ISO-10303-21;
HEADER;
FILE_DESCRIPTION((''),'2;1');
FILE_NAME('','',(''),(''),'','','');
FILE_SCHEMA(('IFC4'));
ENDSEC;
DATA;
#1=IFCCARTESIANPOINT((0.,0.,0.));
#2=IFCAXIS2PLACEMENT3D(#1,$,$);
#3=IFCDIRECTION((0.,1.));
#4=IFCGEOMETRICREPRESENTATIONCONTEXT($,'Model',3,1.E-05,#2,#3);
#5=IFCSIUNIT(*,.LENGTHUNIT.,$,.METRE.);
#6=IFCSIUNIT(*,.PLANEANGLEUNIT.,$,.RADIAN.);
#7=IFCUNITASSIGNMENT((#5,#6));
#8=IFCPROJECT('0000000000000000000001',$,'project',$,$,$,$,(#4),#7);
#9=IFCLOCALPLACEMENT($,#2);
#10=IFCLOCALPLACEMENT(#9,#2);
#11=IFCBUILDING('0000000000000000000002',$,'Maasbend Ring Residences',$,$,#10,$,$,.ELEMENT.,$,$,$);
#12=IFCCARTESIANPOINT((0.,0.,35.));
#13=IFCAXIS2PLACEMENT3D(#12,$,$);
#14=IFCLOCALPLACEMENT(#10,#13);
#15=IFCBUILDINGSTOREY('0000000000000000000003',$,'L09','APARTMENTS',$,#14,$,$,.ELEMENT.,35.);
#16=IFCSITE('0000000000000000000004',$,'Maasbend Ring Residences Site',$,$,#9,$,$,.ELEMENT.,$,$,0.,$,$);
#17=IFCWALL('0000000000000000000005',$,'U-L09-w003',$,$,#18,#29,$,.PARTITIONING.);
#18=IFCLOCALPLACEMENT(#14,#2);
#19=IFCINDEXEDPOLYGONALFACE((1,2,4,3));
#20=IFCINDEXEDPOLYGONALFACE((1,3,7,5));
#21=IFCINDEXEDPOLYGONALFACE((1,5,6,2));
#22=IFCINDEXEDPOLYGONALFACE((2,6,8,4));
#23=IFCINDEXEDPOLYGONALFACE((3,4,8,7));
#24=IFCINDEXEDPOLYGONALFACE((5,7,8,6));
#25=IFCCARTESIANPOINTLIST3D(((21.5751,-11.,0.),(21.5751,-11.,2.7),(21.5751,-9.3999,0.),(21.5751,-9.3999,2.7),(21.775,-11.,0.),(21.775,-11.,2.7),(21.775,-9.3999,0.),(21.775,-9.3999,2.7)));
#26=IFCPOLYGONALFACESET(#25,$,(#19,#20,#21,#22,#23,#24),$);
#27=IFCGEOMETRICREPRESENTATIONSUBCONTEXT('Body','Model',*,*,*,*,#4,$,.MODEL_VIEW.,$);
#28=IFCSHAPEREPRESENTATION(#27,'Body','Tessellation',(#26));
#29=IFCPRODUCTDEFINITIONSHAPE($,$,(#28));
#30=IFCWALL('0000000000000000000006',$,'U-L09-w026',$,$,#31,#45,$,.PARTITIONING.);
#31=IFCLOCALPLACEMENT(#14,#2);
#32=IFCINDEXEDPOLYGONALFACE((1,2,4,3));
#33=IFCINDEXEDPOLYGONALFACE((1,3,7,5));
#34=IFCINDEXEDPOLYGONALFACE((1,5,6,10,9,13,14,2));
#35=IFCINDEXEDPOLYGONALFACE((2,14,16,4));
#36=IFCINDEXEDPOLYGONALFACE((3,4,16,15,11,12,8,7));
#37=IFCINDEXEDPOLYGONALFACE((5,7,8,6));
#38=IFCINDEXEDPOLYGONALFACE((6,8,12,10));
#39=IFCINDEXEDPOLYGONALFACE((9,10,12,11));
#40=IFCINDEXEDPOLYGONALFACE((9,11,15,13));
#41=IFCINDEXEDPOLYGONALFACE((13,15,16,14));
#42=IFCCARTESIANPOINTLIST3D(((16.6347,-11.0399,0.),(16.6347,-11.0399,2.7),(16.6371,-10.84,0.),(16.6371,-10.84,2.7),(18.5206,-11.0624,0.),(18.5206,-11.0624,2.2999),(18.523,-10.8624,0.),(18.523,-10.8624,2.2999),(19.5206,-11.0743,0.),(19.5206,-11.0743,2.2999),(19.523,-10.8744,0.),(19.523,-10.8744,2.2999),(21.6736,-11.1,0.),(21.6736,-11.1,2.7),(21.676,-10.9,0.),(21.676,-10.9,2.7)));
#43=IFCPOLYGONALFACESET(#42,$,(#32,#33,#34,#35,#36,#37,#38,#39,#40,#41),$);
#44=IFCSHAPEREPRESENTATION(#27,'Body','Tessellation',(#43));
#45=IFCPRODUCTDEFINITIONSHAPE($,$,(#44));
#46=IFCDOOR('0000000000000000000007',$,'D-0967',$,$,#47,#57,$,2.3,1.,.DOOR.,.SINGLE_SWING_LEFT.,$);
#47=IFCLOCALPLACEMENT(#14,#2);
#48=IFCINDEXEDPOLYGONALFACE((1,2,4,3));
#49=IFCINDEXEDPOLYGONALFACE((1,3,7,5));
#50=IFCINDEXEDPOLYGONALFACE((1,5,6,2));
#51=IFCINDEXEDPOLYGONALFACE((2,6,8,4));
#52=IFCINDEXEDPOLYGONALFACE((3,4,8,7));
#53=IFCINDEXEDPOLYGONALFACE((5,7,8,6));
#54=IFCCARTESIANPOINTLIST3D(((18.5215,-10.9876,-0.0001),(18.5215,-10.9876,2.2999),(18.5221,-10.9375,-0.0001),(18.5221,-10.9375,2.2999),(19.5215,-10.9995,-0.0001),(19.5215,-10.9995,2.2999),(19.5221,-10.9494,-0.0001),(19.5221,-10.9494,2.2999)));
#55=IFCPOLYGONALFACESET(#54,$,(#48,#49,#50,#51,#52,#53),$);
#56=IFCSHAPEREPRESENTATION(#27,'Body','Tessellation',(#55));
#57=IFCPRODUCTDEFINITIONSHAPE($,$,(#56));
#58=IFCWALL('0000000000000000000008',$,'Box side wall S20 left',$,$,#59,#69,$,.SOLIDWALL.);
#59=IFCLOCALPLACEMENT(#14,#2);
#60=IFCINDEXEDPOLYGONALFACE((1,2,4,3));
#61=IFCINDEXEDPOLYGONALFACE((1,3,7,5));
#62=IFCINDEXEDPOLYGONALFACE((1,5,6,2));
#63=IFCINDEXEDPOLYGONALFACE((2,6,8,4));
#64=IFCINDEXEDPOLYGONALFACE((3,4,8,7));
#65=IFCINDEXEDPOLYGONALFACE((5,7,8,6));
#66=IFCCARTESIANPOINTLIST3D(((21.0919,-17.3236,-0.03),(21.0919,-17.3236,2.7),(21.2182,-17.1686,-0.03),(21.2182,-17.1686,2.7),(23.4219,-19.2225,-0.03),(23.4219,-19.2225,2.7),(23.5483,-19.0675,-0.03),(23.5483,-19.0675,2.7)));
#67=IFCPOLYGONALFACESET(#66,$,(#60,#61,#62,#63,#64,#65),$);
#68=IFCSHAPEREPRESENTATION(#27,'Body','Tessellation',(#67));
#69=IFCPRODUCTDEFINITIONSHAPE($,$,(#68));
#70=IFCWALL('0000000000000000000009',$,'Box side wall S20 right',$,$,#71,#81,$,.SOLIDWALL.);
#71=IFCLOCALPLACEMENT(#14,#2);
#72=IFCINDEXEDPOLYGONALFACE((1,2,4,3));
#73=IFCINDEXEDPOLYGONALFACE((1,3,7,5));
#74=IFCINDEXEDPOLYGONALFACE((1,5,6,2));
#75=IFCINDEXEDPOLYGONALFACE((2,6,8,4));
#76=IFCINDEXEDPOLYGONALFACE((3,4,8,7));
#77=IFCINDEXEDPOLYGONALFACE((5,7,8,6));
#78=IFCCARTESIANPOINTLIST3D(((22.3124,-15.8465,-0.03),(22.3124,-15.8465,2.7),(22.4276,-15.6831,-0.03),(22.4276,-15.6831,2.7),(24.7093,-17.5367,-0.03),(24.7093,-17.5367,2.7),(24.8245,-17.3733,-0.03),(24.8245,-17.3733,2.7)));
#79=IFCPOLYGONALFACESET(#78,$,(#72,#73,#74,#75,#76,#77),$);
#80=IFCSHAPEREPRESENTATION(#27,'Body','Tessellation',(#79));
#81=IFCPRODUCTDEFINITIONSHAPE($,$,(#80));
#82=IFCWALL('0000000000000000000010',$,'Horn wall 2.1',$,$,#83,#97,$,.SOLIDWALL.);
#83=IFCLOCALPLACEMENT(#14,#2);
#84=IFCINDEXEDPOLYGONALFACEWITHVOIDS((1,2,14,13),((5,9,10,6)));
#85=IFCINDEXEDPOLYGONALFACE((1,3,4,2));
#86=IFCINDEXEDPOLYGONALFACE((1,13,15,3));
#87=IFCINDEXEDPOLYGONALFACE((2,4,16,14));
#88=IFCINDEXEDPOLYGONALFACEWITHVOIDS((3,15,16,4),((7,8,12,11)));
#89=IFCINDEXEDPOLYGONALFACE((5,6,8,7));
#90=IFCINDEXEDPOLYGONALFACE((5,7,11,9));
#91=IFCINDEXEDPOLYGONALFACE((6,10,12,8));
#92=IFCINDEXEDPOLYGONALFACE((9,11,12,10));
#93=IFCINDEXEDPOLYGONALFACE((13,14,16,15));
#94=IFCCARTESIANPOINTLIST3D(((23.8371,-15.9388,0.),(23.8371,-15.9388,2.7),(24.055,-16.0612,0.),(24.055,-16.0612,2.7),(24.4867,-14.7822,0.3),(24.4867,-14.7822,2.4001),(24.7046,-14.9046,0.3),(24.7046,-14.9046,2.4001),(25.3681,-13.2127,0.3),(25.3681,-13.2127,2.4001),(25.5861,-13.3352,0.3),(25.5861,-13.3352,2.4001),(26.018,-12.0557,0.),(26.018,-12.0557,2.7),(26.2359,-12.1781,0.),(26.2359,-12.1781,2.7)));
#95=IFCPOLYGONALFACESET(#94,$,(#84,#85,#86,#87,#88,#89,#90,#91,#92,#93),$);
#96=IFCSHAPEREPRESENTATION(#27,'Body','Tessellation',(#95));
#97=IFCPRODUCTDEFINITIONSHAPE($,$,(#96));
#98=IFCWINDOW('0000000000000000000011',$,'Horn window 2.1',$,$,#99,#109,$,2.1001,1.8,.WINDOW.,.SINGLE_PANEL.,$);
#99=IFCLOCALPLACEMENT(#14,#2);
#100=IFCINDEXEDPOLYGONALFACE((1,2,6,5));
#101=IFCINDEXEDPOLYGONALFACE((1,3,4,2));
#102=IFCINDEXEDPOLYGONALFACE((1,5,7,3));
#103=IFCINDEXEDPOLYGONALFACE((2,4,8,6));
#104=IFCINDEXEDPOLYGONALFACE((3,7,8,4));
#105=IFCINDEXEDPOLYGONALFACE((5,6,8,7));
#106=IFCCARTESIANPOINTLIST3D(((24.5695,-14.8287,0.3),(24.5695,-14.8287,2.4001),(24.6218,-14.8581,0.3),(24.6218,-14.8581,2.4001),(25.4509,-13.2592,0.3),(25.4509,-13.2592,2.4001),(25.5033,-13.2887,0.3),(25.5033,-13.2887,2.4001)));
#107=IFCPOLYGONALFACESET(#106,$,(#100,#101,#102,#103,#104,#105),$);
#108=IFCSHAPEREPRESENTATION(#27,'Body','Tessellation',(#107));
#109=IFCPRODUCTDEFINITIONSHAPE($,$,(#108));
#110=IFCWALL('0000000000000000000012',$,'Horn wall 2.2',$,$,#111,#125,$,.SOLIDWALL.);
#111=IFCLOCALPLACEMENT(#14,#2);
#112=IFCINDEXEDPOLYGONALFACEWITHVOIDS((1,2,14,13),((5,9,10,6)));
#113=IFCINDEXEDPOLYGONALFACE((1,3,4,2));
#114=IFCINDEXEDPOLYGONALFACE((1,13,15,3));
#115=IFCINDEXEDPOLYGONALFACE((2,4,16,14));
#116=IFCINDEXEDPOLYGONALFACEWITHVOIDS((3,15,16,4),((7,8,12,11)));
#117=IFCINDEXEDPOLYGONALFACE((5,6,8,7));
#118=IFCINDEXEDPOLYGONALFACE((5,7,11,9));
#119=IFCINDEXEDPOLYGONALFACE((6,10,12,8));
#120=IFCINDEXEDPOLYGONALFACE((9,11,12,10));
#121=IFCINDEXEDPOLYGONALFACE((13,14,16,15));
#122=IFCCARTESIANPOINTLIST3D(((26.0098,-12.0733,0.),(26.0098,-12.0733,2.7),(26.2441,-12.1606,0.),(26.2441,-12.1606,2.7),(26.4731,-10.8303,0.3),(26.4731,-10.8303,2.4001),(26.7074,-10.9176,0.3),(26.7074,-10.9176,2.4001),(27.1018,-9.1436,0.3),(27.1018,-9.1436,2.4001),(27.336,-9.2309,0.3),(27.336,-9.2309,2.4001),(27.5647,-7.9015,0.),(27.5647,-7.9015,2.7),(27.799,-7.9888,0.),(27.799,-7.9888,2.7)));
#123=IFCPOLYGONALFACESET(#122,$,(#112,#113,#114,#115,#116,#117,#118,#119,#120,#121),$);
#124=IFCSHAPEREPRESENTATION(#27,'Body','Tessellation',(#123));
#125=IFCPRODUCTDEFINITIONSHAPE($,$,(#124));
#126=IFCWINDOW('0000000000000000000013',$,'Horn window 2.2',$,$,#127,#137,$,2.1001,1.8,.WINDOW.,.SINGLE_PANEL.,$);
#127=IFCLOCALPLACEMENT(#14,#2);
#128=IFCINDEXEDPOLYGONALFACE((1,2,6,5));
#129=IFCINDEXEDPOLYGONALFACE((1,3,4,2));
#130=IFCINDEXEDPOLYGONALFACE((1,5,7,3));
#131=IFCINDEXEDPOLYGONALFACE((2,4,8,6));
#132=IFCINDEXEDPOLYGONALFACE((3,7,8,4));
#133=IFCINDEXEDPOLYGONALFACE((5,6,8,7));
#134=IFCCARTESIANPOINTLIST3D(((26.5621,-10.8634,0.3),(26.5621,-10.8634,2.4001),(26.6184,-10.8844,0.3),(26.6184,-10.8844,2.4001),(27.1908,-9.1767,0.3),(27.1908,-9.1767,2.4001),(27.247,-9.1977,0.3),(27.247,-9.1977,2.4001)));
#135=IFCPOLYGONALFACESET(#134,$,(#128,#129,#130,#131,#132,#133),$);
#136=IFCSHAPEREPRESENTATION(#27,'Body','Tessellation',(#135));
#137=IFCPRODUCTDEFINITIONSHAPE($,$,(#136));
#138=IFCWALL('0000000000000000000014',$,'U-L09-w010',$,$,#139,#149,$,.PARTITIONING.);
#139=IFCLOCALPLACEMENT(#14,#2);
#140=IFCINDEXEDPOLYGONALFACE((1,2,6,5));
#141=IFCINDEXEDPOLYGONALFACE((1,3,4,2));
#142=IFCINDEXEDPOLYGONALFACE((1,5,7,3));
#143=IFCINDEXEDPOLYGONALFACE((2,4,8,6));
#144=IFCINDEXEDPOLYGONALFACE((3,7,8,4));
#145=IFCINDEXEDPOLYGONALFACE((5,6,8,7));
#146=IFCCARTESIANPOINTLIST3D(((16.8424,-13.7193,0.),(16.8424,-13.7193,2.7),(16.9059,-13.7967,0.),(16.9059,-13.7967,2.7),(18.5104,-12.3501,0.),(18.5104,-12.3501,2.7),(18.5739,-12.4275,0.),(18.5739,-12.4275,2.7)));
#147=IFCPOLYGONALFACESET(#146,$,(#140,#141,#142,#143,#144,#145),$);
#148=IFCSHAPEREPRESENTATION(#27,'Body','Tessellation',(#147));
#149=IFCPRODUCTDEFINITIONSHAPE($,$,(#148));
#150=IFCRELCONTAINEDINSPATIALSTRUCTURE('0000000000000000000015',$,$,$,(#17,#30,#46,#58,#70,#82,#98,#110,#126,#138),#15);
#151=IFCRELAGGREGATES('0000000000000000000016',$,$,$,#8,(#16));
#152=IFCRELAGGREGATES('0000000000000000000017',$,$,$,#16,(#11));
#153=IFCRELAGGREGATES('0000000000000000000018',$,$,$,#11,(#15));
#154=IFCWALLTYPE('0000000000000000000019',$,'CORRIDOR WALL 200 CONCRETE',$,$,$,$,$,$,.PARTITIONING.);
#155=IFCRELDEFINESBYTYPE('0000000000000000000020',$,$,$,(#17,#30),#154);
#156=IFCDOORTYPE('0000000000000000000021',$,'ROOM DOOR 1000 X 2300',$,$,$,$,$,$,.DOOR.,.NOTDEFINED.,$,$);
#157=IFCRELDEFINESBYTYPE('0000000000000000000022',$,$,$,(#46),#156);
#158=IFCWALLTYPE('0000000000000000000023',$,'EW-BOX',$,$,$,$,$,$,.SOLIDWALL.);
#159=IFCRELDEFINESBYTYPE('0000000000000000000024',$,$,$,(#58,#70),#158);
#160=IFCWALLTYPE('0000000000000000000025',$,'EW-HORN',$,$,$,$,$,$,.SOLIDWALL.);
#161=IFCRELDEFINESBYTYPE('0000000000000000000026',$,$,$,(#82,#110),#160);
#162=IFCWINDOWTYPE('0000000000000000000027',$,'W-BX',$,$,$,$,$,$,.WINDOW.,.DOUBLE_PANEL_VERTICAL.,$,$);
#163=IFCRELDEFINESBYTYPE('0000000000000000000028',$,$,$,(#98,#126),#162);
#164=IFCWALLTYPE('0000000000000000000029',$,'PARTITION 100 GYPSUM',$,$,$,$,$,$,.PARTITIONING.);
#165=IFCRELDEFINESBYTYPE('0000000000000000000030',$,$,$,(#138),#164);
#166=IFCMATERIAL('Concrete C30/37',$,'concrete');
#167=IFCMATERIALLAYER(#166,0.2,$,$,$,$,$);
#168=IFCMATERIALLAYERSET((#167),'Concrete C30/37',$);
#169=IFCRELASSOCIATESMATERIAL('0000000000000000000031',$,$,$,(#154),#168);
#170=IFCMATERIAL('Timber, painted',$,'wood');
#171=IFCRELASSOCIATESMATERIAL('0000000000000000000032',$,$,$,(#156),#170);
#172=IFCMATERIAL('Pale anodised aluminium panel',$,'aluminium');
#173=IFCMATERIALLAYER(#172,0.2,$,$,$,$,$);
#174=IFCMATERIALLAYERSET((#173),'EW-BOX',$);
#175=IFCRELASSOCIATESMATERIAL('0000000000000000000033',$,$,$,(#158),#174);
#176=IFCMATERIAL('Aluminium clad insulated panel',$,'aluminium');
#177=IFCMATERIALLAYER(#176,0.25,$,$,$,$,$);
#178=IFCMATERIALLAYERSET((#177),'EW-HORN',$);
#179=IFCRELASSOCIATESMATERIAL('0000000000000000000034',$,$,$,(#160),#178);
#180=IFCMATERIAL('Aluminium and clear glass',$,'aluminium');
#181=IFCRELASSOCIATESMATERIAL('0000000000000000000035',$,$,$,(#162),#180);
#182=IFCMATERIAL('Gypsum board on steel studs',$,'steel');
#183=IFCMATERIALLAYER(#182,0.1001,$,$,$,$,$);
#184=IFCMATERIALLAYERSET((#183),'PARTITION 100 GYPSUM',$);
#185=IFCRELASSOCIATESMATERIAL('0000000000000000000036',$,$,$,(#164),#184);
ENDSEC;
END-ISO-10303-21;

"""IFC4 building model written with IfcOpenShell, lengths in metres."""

from ifc_helpers import new_model, si_unit, direction, frame, frame_2d, origin, place, context, subcontext, project, spatial, rectangle, extrude, material, layer, layer_set, type_object, element, fill, save


model = new_model("IFC4")

# Units and contexts
model_context = context("Model", 3, precision=1e-05, world=origin(), true_north=direction((0.0, 1.0)))
body_context = subcontext(model_context, "Body", "Model", "MODEL_VIEW")
ifc_project = project(units=[si_unit("LENGTHUNIT", "METRE"), si_unit("PLANEANGLEUNIT", "RADIAN")], contexts=[model_context])

# Site, building, storey
site_placement = place(None, origin())
site = spatial("IfcSite", under=ifc_project, at=site_placement, Name="Maasbend Ring Residences Site", CompositionType="ELEMENT", RefElevation=0.0)
building_placement = place(site_placement, origin())
building = spatial("IfcBuilding", under=site, at=building_placement, Name="Maasbend Ring Residences", CompositionType="ELEMENT")
storey_placement = place(building_placement, frame((0.0, 0.0, 35.0)))
storey = spatial("IfcBuildingStorey", under=building, at=storey_placement, Name="L09", Description="APARTMENTS", CompositionType="ELEMENT", Elevation=35.0)

# Wall
ifc_material_1 = material(Name="Concrete C30/37", Category="concrete")
ifc_layer_1 = layer(ifc_material_1, 0.2)
ifc_layer_set_1 = layer_set([ifc_layer_1], Name="Concrete C30/37")
wall_type_1 = type_object("IfcWallType", Name="CORRIDOR WALL 200 CONCRETE", PredefinedType="PARTITIONING", material=ifc_layer_set_1)
wall_1_placement = place(storey_placement, frame((21.675, -11.0, 0.0), z_axis=(0.0, 0.0, 1.0), x_axis=(0.0, 1.0, 0.0)))
element("IfcWall", 1, at=wall_1_placement, inside=storey, type_object=wall_type_1, Name="U-L09-w003", PredefinedType="PARTITIONING", context=body_context, shape_type="SweptSolid", body=[
    extrude(rectangle(XDim=1.6001, YDim=0.2, at=frame_2d((0.8, 0.0))), origin(), (0.0, 0.0, 1.0), 2.7),
])

# Wall, opening, door
wall_2_placement = place(storey_placement, frame((16.636, -10.9399, 0.0), z_axis=(0.0, 0.0, 1.0), x_axis=(0.999929, -0.011918, 0.0)))
wall_2 = element("IfcWall", 2, at=wall_2_placement, inside=storey, type_object=wall_type_1, Name="U-L09-w026", PredefinedType="PARTITIONING", context=body_context, shape_type="SweptSolid", body=[
    extrude(rectangle(XDim=5.0393, YDim=0.2, at=frame_2d((2.5195, 0.0))), origin(), (0.0, 0.0, 1.0), 2.7),
])
opening_1_placement = place(wall_2_placement, frame((1.886, 0.0, 0.0)))
opening_1 = element("IfcOpeningElement", 3, at=opening_1_placement, cuts=wall_2, PredefinedType="OPENING", context=body_context, shape_type="SweptSolid", body=[
    extrude(rectangle(XDim=1.0, YDim=2.3, at=frame_2d((0.5, 1.1499))), frame((0.0, 0.1099, 0.0), z_axis=(0.0, -1.0, 0.0), x_axis=(1.0, 0.0, 0.0)), (0.0, 0.0, 1.0), 0.22),
])
ifc_material_2 = material(Name="Timber, painted", Category="wood")
door_type_1 = type_object("IfcDoorType", Name="ROOM DOOR 1000 X 2300", OperationType="NOTDEFINED", PredefinedType="DOOR", material=ifc_material_2)
door_1_placement = place(opening_1_placement, origin())
door_1 = element("IfcDoor", 4, at=door_1_placement, inside=storey, type_object=door_type_1, Name="D-0967", OperationType="SINGLE_SWING_LEFT", OverallHeight=2.3, OverallWidth=1.0, PredefinedType="DOOR", context=body_context, shape_type="SweptSolid", body=[
    extrude(rectangle(XDim=1.0, YDim=2.3, at=frame_2d((0.5, 1.1499))), frame((0.0, 0.0249, 0.0), z_axis=(0.0, -1.0, 0.0), x_axis=(1.0, 0.0, 0.0)), (0.0, 0.0, 1.0), 0.05),
])
fill(opening_1, door_1)

# Walls
ifc_material_3 = material(Name="Pale anodised aluminium panel", Category="aluminium")
ifc_layer_2 = layer(ifc_material_3, 0.2)
ifc_layer_set_2 = layer_set([ifc_layer_2], Name="EW-BOX")
wall_type_2 = type_object("IfcWallType", Name="EW-BOX", PredefinedType="SOLIDWALL", material=ifc_layer_set_2)
wall_3_placement = place(storey_placement, frame((21.155, -17.2461, -0.03), z_axis=(0.0, 0.0, 1.0), x_axis=(0.775179, -0.631742, 0.0)))
element("IfcWall", 5, at=wall_3_placement, inside=storey, type_object=wall_type_2, Name="Box side wall S20 left", PredefinedType="SOLIDWALL", context=body_context, shape_type="SweptSolid", body=[
    extrude(rectangle(XDim=3.0059, YDim=0.2, at=frame_2d((1.5029, 0.0))), origin(), (0.0, 0.0, 1.0), 2.73),
])
wall_4_placement = place(storey_placement, frame((22.3701, -15.7649, -0.03), z_axis=(0.0, 0.0, 1.0), x_axis=(0.817256, -0.576275, 0.0)))
element("IfcWall", 6, at=wall_4_placement, inside=storey, type_object=wall_type_2, Name="Box side wall S20 right", PredefinedType="SOLIDWALL", context=body_context, shape_type="SweptSolid", body=[
    extrude(rectangle(XDim=2.9329, YDim=0.2, at=frame_2d((1.4663, 0.0))), origin(), (0.0, 0.0, 1.0), 2.73),
])

# Walls, openings, windows
ifc_material_4 = material(Name="Aluminium clad insulated panel", Category="aluminium")
ifc_layer_3 = layer(ifc_material_4, 0.25)
ifc_layer_set_3 = layer_set([ifc_layer_3], Name="EW-HORN")
wall_type_3 = type_object("IfcWallType", Name="EW-HORN", PredefinedType="SOLIDWALL", material=ifc_layer_set_3)
wall_5_placement = place(storey_placement, frame((23.946, -16.0, 0.0), z_axis=(0.0, 0.0, 1.0), x_axis=(0.489696, 0.871893, 0.0)))
wall_5 = element("IfcWall", 7, at=wall_5_placement, inside=storey, type_object=wall_type_3, Name="Horn wall 2.1", PredefinedType="SOLIDWALL", context=body_context, shape_type="SweptSolid", body=[
    extrude(rectangle(XDim=4.4536, YDim=0.25, at=frame_2d((2.2268, 0.0))), origin(), (0.0, 0.0, 1.0), 2.7),
])
opening_2_placement = place(wall_5_placement, frame((1.3267, 0.0, 0.3)))
opening_2 = element("IfcOpeningElement", 8, at=opening_2_placement, cuts=wall_5, PredefinedType="OPENING", context=body_context, shape_type="SweptSolid", body=[
    extrude(rectangle(XDim=1.8, YDim=2.1001, at=frame_2d((0.8999, 1.05))), frame((0.0, 0.135, 0.0), z_axis=(0.0, -1.0, 0.0), x_axis=(1.0, 0.0, 0.0)), (0.0, 0.0, 1.0), 0.27),
])
ifc_material_5 = material(Name="Aluminium and clear glass", Category="aluminium")
window_type = type_object("IfcWindowType", Name="W-BX", PartitioningType="DOUBLE_PANEL_VERTICAL", PredefinedType="WINDOW", material=ifc_material_5)
window_1_placement = place(opening_2_placement, origin())
window_1 = element("IfcWindow", 9, at=window_1_placement, inside=storey, type_object=window_type, Name="Horn window 2.1", OverallHeight=2.1001, OverallWidth=1.8, PartitioningType="SINGLE_PANEL", PredefinedType="WINDOW", context=body_context, shape_type="SweptSolid", body=[
    extrude(rectangle(XDim=1.8, YDim=2.1001, at=frame_2d((0.8999, 1.05))), frame((0.0, 0.03, 0.0), z_axis=(0.0, -1.0, 0.0), x_axis=(1.0, 0.0, 0.0)), (0.0, 0.0, 1.0), 0.0601),
])
fill(opening_2, window_1)
wall_6_placement = place(storey_placement, frame((26.127, -12.1169, 0.0), z_axis=(0.0, 0.0, 1.0), x_axis=(0.349248, 0.93703, 0.0)))
wall_6 = element("IfcWall", 10, at=wall_6_placement, inside=storey, type_object=wall_type_3, Name="Horn wall 2.2", PredefinedType="SOLIDWALL", context=body_context, shape_type="SweptSolid", body=[
    extrude(rectangle(XDim=4.4521, YDim=0.25, at=frame_2d((2.2261, 0.0))), origin(), (0.0, 0.0, 1.0), 2.7),
])
opening_3_placement = place(wall_6_placement, frame((1.3267, 0.0, 0.3)))
opening_3 = element("IfcOpeningElement", 11, at=opening_3_placement, cuts=wall_6, PredefinedType="OPENING", context=body_context, shape_type="SweptSolid", body=[
    extrude(rectangle(XDim=1.8, YDim=2.1001, at=frame_2d((0.8999, 1.05))), frame((0.0, 0.135, 0.0), z_axis=(0.0, -1.0, 0.0), x_axis=(1.0, 0.0, 0.0)), (0.0, 0.0, 1.0), 0.27),
])
window_2_placement = place(opening_3_placement, origin())
window_2 = element("IfcWindow", 12, at=window_2_placement, inside=storey, type_object=window_type, Name="Horn window 2.2", OverallHeight=2.1001, OverallWidth=1.8, PartitioningType="SINGLE_PANEL", PredefinedType="WINDOW", context=body_context, shape_type="SweptSolid", body=[
    extrude(rectangle(XDim=1.8, YDim=2.1001, at=frame_2d((0.8999, 1.05))), frame((0.0, 0.03, 0.0), z_axis=(0.0, -1.0, 0.0), x_axis=(1.0, 0.0, 0.0)), (0.0, 0.0, 1.0), 0.0601),
])
fill(opening_3, window_2)

# Wall
ifc_material_6 = material(Name="Gypsum board on steel studs", Category="steel")
ifc_layer_4 = layer(ifc_material_6, 0.1001)
ifc_layer_set_4 = layer_set([ifc_layer_4], Name="PARTITION 100 GYPSUM")
wall_type_4 = type_object("IfcWallType", Name="PARTITION 100 GYPSUM", PredefinedType="PARTITIONING", material=ifc_layer_set_4)
wall_7_placement = place(storey_placement, frame((16.874, -13.7581, 0.0), z_axis=(0.0, 0.0, 1.0), x_axis=(0.772948, 0.634469, 0.0)))
element("IfcWall", 13, at=wall_7_placement, inside=storey, type_object=wall_type_4, Name="U-L09-w010", PredefinedType="PARTITIONING", context=body_context, shape_type="SweptSolid", body=[
    extrude(rectangle(XDim=2.158, YDim=0.1001, at=frame_2d((1.0791, 0.0))), origin(), (0.0, 0.0, 1.0), 2.7),
])

save(model, "model.ifc")
